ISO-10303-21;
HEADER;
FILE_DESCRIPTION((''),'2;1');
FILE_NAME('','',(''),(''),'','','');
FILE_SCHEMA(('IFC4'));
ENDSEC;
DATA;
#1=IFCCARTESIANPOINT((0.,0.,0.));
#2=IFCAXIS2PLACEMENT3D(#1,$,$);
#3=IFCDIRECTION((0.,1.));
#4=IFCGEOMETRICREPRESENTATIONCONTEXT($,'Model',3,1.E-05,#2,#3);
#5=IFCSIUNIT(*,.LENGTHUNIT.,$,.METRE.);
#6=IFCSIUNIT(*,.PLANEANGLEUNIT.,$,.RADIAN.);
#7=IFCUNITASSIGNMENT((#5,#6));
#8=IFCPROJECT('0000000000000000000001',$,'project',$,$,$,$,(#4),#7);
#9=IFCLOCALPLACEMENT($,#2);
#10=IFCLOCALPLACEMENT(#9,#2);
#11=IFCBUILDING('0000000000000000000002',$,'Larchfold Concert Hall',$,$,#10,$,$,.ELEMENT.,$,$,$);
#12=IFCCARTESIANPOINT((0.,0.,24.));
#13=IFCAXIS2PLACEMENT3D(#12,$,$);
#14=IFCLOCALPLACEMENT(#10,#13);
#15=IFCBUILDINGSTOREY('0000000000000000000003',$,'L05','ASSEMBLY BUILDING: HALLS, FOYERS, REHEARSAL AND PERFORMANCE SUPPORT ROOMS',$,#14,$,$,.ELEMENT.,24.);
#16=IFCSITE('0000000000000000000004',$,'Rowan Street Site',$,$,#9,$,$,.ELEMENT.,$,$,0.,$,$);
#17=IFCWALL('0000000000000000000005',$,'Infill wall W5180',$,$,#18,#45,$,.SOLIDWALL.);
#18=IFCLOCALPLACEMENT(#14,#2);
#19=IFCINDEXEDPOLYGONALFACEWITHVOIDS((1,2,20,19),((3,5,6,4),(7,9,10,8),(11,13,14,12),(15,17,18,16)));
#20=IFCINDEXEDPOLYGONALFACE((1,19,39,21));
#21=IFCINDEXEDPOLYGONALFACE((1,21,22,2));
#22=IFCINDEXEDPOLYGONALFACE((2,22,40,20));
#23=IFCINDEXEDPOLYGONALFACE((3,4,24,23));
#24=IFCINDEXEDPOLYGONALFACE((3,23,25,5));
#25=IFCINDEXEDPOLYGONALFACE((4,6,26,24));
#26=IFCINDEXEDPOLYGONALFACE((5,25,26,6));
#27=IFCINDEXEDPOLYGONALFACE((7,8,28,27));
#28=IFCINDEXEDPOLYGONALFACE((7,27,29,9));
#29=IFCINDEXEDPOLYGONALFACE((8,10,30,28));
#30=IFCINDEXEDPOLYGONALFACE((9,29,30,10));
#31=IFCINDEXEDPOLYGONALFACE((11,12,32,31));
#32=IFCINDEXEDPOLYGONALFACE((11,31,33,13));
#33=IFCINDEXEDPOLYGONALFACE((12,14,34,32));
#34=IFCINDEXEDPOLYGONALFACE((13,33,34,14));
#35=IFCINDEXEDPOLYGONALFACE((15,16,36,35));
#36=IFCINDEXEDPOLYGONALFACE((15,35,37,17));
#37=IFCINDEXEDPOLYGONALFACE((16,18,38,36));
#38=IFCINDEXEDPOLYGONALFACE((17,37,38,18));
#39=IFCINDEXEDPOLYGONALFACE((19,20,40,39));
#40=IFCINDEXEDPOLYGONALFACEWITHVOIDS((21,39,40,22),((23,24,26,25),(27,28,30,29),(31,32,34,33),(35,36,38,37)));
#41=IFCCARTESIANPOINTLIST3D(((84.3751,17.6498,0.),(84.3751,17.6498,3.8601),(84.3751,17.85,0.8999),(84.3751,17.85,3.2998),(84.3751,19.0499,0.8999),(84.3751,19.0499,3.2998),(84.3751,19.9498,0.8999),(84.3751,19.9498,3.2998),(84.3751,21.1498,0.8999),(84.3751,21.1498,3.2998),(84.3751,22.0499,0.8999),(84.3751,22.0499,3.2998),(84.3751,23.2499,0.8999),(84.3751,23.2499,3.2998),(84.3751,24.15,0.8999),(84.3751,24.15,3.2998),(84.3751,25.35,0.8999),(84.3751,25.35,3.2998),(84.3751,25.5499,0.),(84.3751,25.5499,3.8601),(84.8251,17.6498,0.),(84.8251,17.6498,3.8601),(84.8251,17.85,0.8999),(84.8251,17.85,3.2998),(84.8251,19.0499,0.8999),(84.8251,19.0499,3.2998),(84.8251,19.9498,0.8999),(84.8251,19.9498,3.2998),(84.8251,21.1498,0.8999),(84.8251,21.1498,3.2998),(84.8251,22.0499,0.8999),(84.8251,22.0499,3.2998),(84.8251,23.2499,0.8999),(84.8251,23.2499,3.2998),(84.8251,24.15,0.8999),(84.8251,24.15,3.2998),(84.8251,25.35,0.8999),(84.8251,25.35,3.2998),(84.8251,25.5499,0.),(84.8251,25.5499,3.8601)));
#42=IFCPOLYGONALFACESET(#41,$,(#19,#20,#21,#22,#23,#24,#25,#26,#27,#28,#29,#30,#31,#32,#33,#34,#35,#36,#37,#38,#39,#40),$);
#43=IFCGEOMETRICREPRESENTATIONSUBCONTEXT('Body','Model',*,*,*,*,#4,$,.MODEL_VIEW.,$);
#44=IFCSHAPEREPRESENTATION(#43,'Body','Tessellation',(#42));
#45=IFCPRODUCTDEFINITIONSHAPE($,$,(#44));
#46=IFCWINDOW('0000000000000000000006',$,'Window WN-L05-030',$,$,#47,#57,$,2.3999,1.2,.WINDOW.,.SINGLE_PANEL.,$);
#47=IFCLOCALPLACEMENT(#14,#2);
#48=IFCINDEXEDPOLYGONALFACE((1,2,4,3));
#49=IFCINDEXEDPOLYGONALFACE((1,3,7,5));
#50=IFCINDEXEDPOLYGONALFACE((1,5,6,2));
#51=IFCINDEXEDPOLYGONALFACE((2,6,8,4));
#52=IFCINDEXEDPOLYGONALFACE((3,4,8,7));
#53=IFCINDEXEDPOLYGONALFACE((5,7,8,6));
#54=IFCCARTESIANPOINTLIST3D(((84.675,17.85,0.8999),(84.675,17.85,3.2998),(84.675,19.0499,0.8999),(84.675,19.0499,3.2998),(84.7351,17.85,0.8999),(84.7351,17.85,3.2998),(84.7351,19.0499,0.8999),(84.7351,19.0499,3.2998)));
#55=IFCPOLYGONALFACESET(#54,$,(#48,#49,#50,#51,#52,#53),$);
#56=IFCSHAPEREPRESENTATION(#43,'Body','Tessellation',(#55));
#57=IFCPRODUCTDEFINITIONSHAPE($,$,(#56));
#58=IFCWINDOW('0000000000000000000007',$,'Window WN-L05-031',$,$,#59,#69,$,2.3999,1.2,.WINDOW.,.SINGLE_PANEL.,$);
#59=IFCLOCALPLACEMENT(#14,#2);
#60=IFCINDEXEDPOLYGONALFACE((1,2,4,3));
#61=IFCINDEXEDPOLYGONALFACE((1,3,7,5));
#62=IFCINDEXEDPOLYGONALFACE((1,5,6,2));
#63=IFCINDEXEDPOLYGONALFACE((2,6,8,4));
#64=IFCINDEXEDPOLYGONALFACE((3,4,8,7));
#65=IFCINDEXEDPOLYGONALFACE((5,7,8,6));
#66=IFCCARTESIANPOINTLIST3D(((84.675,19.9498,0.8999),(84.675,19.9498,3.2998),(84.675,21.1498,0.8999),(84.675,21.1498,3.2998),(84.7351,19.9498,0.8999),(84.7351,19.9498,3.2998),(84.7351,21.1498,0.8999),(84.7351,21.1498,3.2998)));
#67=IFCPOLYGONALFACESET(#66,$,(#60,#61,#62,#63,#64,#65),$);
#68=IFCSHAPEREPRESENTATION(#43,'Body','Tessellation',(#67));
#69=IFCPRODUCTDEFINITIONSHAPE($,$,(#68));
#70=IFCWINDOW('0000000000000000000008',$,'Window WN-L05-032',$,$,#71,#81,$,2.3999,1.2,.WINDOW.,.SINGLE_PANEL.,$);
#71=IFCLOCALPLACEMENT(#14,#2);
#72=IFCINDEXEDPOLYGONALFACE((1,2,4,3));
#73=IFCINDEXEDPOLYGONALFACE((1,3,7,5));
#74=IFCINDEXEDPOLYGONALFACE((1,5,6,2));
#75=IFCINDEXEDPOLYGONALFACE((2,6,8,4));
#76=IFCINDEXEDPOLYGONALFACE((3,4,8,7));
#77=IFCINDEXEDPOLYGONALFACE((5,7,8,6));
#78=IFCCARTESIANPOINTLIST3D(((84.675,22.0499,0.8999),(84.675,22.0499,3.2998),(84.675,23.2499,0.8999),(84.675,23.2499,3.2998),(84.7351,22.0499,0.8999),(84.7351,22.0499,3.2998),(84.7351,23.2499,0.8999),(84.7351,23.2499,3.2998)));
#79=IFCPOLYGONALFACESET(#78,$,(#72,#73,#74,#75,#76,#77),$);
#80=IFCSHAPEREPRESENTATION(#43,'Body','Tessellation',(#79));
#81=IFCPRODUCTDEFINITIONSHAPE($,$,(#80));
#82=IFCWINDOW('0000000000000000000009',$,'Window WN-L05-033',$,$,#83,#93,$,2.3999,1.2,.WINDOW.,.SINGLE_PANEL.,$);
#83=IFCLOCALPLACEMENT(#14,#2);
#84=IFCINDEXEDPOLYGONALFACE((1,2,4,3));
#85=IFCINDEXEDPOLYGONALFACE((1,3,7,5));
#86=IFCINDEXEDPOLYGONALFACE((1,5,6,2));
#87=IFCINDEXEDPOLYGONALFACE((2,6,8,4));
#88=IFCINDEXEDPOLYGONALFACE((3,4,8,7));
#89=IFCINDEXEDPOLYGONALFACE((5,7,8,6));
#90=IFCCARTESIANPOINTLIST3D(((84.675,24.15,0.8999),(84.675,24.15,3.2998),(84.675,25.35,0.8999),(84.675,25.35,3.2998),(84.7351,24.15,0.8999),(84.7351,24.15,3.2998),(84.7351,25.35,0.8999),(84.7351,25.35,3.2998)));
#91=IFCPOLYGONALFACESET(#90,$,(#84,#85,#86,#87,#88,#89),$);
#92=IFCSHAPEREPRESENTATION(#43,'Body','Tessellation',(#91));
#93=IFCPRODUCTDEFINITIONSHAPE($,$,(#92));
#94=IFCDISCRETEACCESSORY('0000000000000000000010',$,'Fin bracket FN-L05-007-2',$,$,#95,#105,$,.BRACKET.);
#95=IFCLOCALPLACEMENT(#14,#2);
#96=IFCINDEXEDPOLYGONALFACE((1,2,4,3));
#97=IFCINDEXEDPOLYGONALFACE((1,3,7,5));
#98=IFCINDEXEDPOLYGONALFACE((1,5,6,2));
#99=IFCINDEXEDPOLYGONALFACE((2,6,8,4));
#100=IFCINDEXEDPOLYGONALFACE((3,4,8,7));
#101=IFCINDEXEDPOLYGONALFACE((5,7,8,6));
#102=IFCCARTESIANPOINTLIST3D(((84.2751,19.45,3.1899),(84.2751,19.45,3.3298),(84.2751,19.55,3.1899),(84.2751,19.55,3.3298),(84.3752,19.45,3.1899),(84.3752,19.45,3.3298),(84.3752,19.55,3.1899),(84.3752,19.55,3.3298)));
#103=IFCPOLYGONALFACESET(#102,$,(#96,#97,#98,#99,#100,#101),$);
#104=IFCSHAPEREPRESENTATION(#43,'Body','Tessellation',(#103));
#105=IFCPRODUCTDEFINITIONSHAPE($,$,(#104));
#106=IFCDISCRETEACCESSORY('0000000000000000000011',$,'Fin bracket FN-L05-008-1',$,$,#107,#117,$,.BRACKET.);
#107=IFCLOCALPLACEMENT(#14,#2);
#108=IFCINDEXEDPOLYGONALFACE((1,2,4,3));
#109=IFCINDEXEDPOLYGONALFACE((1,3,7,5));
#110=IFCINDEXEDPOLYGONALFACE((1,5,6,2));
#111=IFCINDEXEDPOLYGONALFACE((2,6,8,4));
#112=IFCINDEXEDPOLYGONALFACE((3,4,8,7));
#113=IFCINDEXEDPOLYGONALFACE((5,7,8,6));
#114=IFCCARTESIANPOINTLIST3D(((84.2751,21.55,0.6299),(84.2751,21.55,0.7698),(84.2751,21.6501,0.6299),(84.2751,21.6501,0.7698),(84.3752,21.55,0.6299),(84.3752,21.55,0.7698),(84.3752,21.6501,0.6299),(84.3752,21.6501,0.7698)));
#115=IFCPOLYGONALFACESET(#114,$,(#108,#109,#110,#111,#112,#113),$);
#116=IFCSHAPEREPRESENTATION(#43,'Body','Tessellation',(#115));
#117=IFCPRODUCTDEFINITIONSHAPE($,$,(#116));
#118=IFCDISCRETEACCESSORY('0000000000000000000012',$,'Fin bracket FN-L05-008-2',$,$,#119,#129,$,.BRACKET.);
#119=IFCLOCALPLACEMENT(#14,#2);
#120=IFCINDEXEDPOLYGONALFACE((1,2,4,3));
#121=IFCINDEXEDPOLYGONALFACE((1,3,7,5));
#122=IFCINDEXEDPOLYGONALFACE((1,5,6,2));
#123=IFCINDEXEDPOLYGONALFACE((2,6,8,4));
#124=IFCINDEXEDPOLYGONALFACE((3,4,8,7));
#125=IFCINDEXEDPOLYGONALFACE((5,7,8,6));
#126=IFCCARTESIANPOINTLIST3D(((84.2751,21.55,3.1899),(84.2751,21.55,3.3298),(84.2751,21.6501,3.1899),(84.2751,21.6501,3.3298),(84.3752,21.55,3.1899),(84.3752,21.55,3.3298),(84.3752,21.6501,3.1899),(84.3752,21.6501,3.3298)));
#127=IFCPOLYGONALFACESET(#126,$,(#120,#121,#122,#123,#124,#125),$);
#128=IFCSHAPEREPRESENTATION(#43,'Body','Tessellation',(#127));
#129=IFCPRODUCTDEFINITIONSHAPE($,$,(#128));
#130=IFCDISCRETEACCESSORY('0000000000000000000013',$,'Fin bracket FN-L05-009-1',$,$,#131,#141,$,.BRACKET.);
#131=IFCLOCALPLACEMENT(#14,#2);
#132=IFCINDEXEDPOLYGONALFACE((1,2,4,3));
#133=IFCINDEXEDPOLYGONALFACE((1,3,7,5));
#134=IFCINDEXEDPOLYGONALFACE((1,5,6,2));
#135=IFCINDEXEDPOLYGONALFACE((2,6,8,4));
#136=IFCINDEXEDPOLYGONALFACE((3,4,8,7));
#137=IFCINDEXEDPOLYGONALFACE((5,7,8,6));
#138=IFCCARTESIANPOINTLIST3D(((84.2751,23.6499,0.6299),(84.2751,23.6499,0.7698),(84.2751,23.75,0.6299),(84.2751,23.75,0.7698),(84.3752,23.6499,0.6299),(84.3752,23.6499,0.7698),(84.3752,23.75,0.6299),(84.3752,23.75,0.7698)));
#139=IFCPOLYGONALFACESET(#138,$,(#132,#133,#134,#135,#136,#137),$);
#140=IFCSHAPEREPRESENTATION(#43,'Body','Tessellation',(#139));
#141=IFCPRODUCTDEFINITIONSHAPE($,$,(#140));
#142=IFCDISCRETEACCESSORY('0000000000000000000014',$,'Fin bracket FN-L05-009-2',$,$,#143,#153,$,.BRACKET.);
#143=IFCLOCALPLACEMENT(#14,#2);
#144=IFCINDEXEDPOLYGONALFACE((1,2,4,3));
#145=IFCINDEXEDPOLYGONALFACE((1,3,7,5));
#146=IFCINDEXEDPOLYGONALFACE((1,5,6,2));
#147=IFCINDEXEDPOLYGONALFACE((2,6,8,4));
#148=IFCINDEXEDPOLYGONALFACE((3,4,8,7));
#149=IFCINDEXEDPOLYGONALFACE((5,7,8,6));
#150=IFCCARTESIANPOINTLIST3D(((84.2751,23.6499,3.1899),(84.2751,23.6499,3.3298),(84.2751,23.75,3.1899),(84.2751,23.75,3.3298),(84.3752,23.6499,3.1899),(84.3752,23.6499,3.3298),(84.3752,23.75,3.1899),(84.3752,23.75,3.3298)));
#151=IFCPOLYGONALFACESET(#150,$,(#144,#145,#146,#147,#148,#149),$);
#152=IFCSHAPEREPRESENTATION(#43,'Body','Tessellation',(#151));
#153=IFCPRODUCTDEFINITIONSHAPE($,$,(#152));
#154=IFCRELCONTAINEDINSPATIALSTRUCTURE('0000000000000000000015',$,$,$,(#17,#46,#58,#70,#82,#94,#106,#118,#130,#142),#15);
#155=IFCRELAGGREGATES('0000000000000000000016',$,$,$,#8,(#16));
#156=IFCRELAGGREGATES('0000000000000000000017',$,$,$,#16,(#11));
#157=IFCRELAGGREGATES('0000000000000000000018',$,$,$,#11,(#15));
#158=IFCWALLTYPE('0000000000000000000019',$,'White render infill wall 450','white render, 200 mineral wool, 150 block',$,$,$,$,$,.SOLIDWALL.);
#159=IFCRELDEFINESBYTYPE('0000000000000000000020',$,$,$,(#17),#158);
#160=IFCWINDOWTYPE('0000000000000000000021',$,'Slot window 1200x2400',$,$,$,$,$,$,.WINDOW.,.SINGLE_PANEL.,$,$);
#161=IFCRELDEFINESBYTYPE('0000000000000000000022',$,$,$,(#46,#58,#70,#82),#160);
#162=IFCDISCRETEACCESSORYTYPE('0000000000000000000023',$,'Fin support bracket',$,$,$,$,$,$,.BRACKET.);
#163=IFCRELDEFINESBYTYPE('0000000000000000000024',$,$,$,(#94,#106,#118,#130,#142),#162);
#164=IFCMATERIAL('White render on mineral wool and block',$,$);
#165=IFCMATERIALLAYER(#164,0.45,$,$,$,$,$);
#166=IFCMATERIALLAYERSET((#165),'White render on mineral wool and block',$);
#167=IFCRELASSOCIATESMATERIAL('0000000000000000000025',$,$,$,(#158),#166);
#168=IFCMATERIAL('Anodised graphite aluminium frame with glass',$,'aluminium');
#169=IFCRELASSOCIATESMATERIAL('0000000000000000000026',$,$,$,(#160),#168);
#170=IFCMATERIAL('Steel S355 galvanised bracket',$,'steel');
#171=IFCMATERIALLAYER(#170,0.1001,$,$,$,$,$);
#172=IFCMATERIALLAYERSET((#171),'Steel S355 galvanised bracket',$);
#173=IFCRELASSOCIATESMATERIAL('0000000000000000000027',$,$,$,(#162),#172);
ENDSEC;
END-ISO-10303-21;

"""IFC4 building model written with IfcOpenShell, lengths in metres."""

from ifc_helpers import new_model, si_unit, direction, frame, frame_2d, origin, origin_2d, place, context, subcontext, project, spatial, rectangle, extrude, material, layer, layer_set, type_object, element, fill, save


model = new_model("IFC4")

# Units and contexts
model_context = context("Model", 3, precision=1e-05, world=origin(), true_north=direction((0.0, 1.0)))
body_context = subcontext(model_context, "Body", "Model", "MODEL_VIEW")
ifc_project = project(units=[si_unit("LENGTHUNIT", "METRE"), si_unit("PLANEANGLEUNIT", "RADIAN")], contexts=[model_context])

# Site, building, storey
site_placement = place(None, origin())
site = spatial("IfcSite", under=ifc_project, at=site_placement, Name="Rowan Street Site", CompositionType="ELEMENT", RefElevation=0.0)
building_placement = place(site_placement, origin())
building = spatial("IfcBuilding", under=site, at=building_placement, Name="Larchfold Concert Hall", CompositionType="ELEMENT")
storey_placement = place(building_placement, frame((0.0, 0.0, 24.0)))
storey = spatial("IfcBuildingStorey", under=building, at=storey_placement, Name="L05", Description="ASSEMBLY BUILDING: HALLS, FOYERS, REHEARSAL AND PERFORMANCE SUPPORT ROOMS", CompositionType="ELEMENT", Elevation=24.0)

# Wall, openings, windows
ifc_material_1 = material(Name="White render on mineral wool and block")
ifc_layer_1 = layer(ifc_material_1, 0.45)
ifc_layer_set_1 = layer_set([ifc_layer_1], Name="White render on mineral wool and block")
wall_type_1 = type_object("IfcWallType", Name="White render infill wall 450", Description="white render, 200 mineral wool, 150 block", PredefinedType="SOLIDWALL", material=ifc_layer_set_1)
wall_1_placement = place(storey_placement, frame((84.6001, 25.55, 0.0), z_axis=(0.0, 0.0, 1.0), x_axis=(0.0, -1.0, 0.0)))
wall_1 = element("IfcWall", 1, at=wall_1_placement, inside=storey, type_object=wall_type_1, Name="Infill wall W5180", PredefinedType="SOLIDWALL", context=body_context, shape_type="SweptSolid", body=[
    extrude(rectangle(XDim=7.9001, YDim=0.45, at=frame_2d((3.9502, 0.0))), origin(), (0.0, 0.0, 1.0), 3.8601),
])
opening_1_placement = place(wall_1_placement, frame((6.5, 0.0, 0.8999)))
opening_1 = element("IfcOpeningElement", 2, at=opening_1_placement, cuts=wall_1, PredefinedType="OPENING", context=body_context, shape_type="SweptSolid", body=[
    extrude(rectangle(XDim=1.2, YDim=2.3999, at=frame_2d((0.6001, 1.2))), frame((0.0, 0.2349, 0.0), z_axis=(0.0, -1.0, 0.0), x_axis=(1.0, 0.0, 0.0)), (0.0, 0.0, 1.0), 0.47),
])
opening_2_placement = place(wall_1_placement, frame((4.4001, 0.0, 0.8999)))
opening_2 = element("IfcOpeningElement", 3, at=opening_2_placement, cuts=wall_1, PredefinedType="OPENING", context=body_context, shape_type="SweptSolid", body=[
    extrude(rectangle(XDim=1.2, YDim=2.3999, at=frame_2d((0.6001, 1.2))), frame((0.0, 0.2349, 0.0), z_axis=(0.0, -1.0, 0.0), x_axis=(1.0, 0.0, 0.0)), (0.0, 0.0, 1.0), 0.47),
])
opening_3_placement = place(wall_1_placement, frame((2.3, 0.0, 0.8999)))
opening_3 = element("IfcOpeningElement", 4, at=opening_3_placement, cuts=wall_1, PredefinedType="OPENING", context=body_context, shape_type="SweptSolid", body=[
    extrude(rectangle(XDim=1.2, YDim=2.3999, at=frame_2d((0.6001, 1.2))), frame((0.0, 0.2349, 0.0), z_axis=(0.0, -1.0, 0.0), x_axis=(1.0, 0.0, 0.0)), (0.0, 0.0, 1.0), 0.47),
])
opening_4_placement = place(wall_1_placement, frame((0.2, 0.0, 0.8999)))
opening_4 = element("IfcOpeningElement", 5, at=opening_4_placement, cuts=wall_1, PredefinedType="OPENING", context=body_context, shape_type="SweptSolid", body=[
    extrude(rectangle(XDim=1.2, YDim=2.3999, at=frame_2d((0.6001, 1.2))), frame((0.0, 0.2349, 0.0), z_axis=(0.0, -1.0, 0.0), x_axis=(1.0, 0.0, 0.0)), (0.0, 0.0, 1.0), 0.47),
])
ifc_material_2 = material(Name="Anodised graphite aluminium frame with glass", Category="aluminium")
window_type = type_object("IfcWindowType", Name="Slot window 1200x2400", PartitioningType="SINGLE_PANEL", PredefinedType="WINDOW", material=ifc_material_2)
window_1_placement = place(opening_1_placement, origin())
window_1 = element("IfcWindow", 6, at=window_1_placement, inside=storey, type_object=window_type, Name="Window WN-L05-030", OverallHeight=2.3999, OverallWidth=1.2, PartitioningType="SINGLE_PANEL", PredefinedType="WINDOW", context=body_context, shape_type="SweptSolid", body=[
    extrude(rectangle(XDim=1.2, YDim=2.3999, at=frame_2d((0.6001, 1.2))), frame((0.0, 0.135, 0.0), z_axis=(0.0, -1.0, 0.0), x_axis=(1.0, 0.0, 0.0)), (0.0, 0.0, 1.0), 0.0601),
])
fill(opening_1, window_1)
window_2_placement = place(opening_2_placement, origin())
window_2 = element("IfcWindow", 7, at=window_2_placement, inside=storey, type_object=window_type, Name="Window WN-L05-031", OverallHeight=2.3999, OverallWidth=1.2, PartitioningType="SINGLE_PANEL", PredefinedType="WINDOW", context=body_context, shape_type="SweptSolid", body=[
    extrude(rectangle(XDim=1.2, YDim=2.3999, at=frame_2d((0.6001, 1.2))), frame((0.0, 0.135, 0.0), z_axis=(0.0, -1.0, 0.0), x_axis=(1.0, 0.0, 0.0)), (0.0, 0.0, 1.0), 0.0601),
])
fill(opening_2, window_2)
window_3_placement = place(opening_3_placement, origin())
window_3 = element("IfcWindow", 8, at=window_3_placement, inside=storey, type_object=window_type, Name="Window WN-L05-032", OverallHeight=2.3999, OverallWidth=1.2, PartitioningType="SINGLE_PANEL", PredefinedType="WINDOW", context=body_context, shape_type="SweptSolid", body=[
    extrude(rectangle(XDim=1.2, YDim=2.3999, at=frame_2d((0.6001, 1.2))), frame((0.0, 0.135, 0.0), z_axis=(0.0, -1.0, 0.0), x_axis=(1.0, 0.0, 0.0)), (0.0, 0.0, 1.0), 0.0601),
])
fill(opening_3, window_3)
window_4_placement = place(opening_4_placement, origin())
window_4 = element("IfcWindow", 9, at=window_4_placement, inside=storey, type_object=window_type, Name="Window WN-L05-033", OverallHeight=2.3999, OverallWidth=1.2, PartitioningType="SINGLE_PANEL", PredefinedType="WINDOW", context=body_context, shape_type="SweptSolid", body=[
    extrude(rectangle(XDim=1.2, YDim=2.3999, at=frame_2d((0.6001, 1.2))), frame((0.0, 0.135, 0.0), z_axis=(0.0, -1.0, 0.0), x_axis=(1.0, 0.0, 0.0)), (0.0, 0.0, 1.0), 0.0601),
])
fill(opening_4, window_4)

# Discrete accessories
ifc_material_3 = material(Name="Steel S355 galvanised bracket", Category="steel")
ifc_layer_2 = layer(ifc_material_3, 0.1001)
ifc_layer_set_2 = layer_set([ifc_layer_2], Name="Steel S355 galvanised bracket")
discrete_accessory_type = type_object("IfcDiscreteAccessoryType", Name="Fin support bracket", PredefinedType="BRACKET", material=ifc_layer_set_2)
for number, where, z_axis, x_axis, name in (
    (10, (84.3252, 19.5, 3.1899), (0.0, 0.0, 1.0), (-1.0, 0.0, 0.0), "Fin bracket FN-L05-007-2"),
    (11, (84.3252, 21.6001, 0.6299), (0.0, 0.0, 1.0), (-1.0, 0.0, 0.0), "Fin bracket FN-L05-008-1"),
    (12, (84.3252, 21.6001, 3.1899), (0.0, 0.0, 1.0), (-1.0, 0.0, 0.0), "Fin bracket FN-L05-008-2"),
    (13, (84.3252, 23.7, 0.6299), (0.0, 0.0, 1.0), (-1.0, 0.0, 0.0), "Fin bracket FN-L05-009-1"),
    (14, (84.3252, 23.7, 3.1899), (0.0, 0.0, 1.0), (-1.0, 0.0, 0.0), "Fin bracket FN-L05-009-2"),
):
    element("IfcDiscreteAccessory", number, at=place(storey_placement, frame(where, z_axis=z_axis, x_axis=x_axis)), inside=storey, type_object=discrete_accessory_type, Name=name, PredefinedType="BRACKET", context=body_context, shape_type="SweptSolid", body=[
        extrude(rectangle(XDim=0.1001, YDim=0.1001, at=origin_2d()), origin(), (0.0, 0.0, 1.0), 0.1399),
    ])

save(model, "model.ifc")
